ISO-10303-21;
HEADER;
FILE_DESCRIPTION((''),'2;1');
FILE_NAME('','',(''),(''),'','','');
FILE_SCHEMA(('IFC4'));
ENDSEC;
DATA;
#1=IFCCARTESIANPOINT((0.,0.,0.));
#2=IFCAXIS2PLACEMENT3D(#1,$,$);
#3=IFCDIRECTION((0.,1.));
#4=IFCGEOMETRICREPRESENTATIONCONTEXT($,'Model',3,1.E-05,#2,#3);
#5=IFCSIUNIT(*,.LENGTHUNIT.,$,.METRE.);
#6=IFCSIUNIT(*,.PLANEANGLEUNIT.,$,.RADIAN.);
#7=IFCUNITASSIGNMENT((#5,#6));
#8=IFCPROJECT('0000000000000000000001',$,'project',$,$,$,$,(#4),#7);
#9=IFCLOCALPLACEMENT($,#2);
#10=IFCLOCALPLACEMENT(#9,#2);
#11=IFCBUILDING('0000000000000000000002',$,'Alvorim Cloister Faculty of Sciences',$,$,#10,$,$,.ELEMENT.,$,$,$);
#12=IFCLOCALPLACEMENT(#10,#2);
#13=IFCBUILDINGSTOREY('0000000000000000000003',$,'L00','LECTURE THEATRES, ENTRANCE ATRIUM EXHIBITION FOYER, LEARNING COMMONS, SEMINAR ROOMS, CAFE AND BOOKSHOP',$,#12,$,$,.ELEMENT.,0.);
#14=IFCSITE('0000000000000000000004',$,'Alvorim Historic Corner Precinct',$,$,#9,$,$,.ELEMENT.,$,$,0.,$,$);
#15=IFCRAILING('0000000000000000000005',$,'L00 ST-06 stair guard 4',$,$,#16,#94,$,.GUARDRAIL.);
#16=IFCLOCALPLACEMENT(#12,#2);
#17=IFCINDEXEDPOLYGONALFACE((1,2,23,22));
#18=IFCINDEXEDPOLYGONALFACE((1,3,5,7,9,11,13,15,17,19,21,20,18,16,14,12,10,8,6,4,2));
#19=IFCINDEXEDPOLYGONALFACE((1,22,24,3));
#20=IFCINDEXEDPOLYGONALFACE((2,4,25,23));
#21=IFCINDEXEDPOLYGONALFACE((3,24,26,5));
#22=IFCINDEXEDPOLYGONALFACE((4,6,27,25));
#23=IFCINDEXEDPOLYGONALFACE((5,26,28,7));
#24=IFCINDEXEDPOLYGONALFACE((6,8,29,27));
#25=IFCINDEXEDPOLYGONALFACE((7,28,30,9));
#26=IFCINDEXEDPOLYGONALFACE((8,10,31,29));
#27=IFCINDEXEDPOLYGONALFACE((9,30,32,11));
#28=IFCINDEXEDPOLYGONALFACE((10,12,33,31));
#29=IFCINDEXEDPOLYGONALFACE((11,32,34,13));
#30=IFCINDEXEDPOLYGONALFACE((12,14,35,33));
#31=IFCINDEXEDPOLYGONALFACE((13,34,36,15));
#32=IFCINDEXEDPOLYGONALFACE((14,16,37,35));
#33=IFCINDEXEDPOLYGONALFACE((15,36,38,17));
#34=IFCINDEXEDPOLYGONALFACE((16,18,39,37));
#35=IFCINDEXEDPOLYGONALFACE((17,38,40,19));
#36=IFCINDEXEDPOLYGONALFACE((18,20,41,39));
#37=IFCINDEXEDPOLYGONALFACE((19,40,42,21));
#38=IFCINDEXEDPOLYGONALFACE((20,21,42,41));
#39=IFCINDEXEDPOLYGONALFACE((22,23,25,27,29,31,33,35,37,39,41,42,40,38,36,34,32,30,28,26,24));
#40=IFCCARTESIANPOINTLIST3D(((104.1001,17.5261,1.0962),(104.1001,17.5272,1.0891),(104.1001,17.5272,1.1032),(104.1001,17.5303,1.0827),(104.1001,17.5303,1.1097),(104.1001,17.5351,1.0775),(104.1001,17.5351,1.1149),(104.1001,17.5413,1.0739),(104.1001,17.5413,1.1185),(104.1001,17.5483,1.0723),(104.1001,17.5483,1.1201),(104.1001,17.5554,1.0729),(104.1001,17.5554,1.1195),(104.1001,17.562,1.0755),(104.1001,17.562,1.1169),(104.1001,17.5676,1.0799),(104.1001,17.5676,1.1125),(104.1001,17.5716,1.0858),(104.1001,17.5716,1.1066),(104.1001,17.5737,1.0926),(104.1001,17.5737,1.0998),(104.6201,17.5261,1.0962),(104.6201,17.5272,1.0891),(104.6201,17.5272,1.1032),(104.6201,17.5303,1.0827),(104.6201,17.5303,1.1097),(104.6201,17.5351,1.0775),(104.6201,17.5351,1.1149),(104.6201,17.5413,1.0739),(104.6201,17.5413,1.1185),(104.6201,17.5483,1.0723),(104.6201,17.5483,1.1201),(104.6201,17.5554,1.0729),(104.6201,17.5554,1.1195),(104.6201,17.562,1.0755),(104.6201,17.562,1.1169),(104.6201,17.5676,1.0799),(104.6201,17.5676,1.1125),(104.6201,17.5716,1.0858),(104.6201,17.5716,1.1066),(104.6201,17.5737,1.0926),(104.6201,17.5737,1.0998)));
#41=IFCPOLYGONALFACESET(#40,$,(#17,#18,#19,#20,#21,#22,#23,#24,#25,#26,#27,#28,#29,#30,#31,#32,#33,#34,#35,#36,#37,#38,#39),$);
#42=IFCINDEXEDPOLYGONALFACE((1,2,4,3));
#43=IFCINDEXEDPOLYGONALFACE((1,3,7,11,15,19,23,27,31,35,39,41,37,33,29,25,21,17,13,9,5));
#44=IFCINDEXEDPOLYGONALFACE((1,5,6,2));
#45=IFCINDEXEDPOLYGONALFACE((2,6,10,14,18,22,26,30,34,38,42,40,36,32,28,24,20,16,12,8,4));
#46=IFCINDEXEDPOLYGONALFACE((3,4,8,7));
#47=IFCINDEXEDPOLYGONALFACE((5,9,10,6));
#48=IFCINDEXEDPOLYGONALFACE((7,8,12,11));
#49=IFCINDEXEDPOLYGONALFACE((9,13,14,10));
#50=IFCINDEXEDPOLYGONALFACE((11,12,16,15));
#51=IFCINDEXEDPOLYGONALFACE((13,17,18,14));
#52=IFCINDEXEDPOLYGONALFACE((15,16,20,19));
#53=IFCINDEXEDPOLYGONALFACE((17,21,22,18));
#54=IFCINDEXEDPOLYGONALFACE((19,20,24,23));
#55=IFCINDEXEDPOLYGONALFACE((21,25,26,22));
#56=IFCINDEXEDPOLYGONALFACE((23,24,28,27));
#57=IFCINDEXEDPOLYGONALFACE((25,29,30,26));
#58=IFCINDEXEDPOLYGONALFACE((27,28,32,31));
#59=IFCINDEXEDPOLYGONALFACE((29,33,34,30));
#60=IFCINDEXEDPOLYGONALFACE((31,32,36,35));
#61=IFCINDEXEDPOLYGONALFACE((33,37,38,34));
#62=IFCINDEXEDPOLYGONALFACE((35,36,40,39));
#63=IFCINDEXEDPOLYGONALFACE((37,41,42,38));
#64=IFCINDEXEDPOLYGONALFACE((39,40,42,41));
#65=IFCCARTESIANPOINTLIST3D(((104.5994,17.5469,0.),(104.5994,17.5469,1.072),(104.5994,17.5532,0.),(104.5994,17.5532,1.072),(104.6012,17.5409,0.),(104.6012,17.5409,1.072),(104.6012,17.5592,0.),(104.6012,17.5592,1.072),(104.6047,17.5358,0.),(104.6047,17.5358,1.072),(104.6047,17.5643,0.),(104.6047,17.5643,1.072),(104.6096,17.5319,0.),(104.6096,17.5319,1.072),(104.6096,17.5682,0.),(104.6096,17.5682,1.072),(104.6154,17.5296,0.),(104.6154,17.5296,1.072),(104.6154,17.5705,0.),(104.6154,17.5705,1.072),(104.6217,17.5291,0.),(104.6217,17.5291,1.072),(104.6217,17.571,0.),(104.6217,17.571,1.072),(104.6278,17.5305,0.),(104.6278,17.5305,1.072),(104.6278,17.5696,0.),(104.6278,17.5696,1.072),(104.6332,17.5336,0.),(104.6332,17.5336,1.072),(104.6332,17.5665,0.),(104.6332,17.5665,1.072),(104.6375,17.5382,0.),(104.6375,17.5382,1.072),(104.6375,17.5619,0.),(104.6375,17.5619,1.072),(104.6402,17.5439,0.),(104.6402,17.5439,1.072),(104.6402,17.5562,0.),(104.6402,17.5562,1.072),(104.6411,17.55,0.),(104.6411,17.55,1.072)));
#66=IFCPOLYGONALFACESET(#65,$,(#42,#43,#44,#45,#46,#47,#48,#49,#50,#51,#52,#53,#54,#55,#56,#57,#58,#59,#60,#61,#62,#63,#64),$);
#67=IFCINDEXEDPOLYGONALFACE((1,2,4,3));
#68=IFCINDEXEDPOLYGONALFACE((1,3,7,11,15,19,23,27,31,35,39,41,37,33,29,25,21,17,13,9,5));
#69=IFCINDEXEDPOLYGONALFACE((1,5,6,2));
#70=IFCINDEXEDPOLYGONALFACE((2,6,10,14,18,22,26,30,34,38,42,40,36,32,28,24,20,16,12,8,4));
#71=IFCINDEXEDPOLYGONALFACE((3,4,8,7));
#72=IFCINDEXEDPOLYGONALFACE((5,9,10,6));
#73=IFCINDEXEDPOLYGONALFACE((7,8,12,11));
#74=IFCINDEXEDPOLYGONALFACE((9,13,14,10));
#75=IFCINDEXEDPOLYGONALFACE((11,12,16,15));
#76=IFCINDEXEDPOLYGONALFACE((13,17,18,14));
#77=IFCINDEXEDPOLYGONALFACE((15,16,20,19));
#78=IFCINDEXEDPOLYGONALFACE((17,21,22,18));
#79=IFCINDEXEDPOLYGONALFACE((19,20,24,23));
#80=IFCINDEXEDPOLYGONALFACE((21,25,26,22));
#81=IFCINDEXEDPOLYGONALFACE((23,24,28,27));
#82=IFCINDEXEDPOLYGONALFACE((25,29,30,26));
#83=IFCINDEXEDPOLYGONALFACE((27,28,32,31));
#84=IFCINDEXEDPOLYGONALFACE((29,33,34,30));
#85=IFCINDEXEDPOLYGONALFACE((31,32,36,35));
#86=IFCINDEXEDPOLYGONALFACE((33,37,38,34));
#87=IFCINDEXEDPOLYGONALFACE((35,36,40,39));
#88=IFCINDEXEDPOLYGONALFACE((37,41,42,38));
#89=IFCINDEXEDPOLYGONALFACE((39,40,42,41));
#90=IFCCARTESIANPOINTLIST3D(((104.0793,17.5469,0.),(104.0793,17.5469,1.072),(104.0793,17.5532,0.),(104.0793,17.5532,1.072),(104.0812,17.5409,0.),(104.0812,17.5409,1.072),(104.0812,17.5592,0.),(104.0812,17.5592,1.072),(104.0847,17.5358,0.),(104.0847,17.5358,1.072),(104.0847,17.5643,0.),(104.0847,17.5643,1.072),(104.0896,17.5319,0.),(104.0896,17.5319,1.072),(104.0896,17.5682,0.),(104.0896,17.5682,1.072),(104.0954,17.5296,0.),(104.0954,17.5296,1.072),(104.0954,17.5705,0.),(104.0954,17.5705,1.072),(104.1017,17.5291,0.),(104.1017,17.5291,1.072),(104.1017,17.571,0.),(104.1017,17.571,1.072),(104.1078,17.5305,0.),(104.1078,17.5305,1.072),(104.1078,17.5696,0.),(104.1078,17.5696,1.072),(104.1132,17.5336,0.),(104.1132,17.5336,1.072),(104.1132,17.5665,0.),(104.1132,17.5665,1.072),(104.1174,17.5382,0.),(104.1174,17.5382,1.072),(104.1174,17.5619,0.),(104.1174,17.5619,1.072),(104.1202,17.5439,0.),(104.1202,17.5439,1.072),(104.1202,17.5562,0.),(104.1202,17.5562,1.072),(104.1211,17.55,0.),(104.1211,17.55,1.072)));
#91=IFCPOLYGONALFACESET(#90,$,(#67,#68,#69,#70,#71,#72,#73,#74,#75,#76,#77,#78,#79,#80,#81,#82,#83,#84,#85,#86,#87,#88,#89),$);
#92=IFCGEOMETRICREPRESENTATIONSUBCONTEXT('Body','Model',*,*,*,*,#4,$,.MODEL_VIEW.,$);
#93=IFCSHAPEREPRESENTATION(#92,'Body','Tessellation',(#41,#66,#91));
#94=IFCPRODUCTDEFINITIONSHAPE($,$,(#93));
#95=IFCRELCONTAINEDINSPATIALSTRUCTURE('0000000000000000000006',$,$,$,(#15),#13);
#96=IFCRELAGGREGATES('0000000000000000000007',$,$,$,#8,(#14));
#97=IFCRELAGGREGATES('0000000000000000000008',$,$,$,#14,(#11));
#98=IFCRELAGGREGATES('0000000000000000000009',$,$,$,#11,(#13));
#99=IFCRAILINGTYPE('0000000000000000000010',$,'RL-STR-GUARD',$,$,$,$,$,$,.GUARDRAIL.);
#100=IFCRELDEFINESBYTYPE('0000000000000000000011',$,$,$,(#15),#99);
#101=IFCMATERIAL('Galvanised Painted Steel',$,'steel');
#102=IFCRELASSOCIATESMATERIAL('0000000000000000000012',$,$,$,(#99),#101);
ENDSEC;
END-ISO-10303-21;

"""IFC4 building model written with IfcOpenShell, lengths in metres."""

from ifc_helpers import new_model, si_unit, direction, frame, origin, origin_2d, place, context, subcontext, project, spatial, circle, extrude, material, type_object, element, save


model = new_model("IFC4")

# Units and contexts
model_context = context("Model", 3, precision=1e-05, world=origin(), true_north=direction((0.0, 1.0)))
body_context = subcontext(model_context, "Body", "Model", "MODEL_VIEW")
ifc_project = project(units=[si_unit("LENGTHUNIT", "METRE"), si_unit("PLANEANGLEUNIT", "RADIAN")], contexts=[model_context])

# Site, building, storey
site_placement = place(None, origin())
site = spatial("IfcSite", under=ifc_project, at=site_placement, Name="Alvorim Historic Corner Precinct", CompositionType="ELEMENT", RefElevation=0.0)
building_placement = place(site_placement, origin())
building = spatial("IfcBuilding", under=site, at=building_placement, Name="Alvorim Cloister Faculty of Sciences", CompositionType="ELEMENT")
storey_placement = place(building_placement, origin())
storey = spatial("IfcBuildingStorey", under=building, at=storey_placement, Name="L00", Description="LECTURE THEATRES, ENTRANCE ATRIUM EXHIBITION FOYER, LEARNING COMMONS, SEMINAR ROOMS, CAFE AND BOOKSHOP", CompositionType="ELEMENT", Elevation=0.0)

# Railing
ifc_material_1 = material(Name="Galvanised Painted Steel", Category="steel")
railing_type_1 = type_object("IfcRailingType", Name="RL-STR-GUARD", PredefinedType="GUARDRAIL", material=ifc_material_1)
railing_1_placement = place(storey_placement, frame((104.6201, 17.55, 0.0)))
element("IfcRailing", 1, at=railing_1_placement, inside=storey, type_object=railing_type_1, Name="L00 ST-06 stair guard 4", PredefinedType="GUARDRAIL", context=body_context, shape_type="SweptSolid", body=[
    extrude(circle(Radius=0.0239, at=origin_2d()), frame((0.0, 0.0, 1.0962), z_axis=(-1.0, 0.0, 0.0), x_axis=(0.0, -1.0, 0.0)), (0.0, 0.0, 1.0), 0.52),
    extrude(circle(Radius=0.021, at=origin_2d()), origin(), (0.0, 0.0, 1.0), 1.072),
    extrude(circle(Radius=0.021, at=origin_2d()), frame((-0.52, 0.0, 0.0)), (0.0, 0.0, 1.0), 1.072),
])

save(model, "model.ifc")
